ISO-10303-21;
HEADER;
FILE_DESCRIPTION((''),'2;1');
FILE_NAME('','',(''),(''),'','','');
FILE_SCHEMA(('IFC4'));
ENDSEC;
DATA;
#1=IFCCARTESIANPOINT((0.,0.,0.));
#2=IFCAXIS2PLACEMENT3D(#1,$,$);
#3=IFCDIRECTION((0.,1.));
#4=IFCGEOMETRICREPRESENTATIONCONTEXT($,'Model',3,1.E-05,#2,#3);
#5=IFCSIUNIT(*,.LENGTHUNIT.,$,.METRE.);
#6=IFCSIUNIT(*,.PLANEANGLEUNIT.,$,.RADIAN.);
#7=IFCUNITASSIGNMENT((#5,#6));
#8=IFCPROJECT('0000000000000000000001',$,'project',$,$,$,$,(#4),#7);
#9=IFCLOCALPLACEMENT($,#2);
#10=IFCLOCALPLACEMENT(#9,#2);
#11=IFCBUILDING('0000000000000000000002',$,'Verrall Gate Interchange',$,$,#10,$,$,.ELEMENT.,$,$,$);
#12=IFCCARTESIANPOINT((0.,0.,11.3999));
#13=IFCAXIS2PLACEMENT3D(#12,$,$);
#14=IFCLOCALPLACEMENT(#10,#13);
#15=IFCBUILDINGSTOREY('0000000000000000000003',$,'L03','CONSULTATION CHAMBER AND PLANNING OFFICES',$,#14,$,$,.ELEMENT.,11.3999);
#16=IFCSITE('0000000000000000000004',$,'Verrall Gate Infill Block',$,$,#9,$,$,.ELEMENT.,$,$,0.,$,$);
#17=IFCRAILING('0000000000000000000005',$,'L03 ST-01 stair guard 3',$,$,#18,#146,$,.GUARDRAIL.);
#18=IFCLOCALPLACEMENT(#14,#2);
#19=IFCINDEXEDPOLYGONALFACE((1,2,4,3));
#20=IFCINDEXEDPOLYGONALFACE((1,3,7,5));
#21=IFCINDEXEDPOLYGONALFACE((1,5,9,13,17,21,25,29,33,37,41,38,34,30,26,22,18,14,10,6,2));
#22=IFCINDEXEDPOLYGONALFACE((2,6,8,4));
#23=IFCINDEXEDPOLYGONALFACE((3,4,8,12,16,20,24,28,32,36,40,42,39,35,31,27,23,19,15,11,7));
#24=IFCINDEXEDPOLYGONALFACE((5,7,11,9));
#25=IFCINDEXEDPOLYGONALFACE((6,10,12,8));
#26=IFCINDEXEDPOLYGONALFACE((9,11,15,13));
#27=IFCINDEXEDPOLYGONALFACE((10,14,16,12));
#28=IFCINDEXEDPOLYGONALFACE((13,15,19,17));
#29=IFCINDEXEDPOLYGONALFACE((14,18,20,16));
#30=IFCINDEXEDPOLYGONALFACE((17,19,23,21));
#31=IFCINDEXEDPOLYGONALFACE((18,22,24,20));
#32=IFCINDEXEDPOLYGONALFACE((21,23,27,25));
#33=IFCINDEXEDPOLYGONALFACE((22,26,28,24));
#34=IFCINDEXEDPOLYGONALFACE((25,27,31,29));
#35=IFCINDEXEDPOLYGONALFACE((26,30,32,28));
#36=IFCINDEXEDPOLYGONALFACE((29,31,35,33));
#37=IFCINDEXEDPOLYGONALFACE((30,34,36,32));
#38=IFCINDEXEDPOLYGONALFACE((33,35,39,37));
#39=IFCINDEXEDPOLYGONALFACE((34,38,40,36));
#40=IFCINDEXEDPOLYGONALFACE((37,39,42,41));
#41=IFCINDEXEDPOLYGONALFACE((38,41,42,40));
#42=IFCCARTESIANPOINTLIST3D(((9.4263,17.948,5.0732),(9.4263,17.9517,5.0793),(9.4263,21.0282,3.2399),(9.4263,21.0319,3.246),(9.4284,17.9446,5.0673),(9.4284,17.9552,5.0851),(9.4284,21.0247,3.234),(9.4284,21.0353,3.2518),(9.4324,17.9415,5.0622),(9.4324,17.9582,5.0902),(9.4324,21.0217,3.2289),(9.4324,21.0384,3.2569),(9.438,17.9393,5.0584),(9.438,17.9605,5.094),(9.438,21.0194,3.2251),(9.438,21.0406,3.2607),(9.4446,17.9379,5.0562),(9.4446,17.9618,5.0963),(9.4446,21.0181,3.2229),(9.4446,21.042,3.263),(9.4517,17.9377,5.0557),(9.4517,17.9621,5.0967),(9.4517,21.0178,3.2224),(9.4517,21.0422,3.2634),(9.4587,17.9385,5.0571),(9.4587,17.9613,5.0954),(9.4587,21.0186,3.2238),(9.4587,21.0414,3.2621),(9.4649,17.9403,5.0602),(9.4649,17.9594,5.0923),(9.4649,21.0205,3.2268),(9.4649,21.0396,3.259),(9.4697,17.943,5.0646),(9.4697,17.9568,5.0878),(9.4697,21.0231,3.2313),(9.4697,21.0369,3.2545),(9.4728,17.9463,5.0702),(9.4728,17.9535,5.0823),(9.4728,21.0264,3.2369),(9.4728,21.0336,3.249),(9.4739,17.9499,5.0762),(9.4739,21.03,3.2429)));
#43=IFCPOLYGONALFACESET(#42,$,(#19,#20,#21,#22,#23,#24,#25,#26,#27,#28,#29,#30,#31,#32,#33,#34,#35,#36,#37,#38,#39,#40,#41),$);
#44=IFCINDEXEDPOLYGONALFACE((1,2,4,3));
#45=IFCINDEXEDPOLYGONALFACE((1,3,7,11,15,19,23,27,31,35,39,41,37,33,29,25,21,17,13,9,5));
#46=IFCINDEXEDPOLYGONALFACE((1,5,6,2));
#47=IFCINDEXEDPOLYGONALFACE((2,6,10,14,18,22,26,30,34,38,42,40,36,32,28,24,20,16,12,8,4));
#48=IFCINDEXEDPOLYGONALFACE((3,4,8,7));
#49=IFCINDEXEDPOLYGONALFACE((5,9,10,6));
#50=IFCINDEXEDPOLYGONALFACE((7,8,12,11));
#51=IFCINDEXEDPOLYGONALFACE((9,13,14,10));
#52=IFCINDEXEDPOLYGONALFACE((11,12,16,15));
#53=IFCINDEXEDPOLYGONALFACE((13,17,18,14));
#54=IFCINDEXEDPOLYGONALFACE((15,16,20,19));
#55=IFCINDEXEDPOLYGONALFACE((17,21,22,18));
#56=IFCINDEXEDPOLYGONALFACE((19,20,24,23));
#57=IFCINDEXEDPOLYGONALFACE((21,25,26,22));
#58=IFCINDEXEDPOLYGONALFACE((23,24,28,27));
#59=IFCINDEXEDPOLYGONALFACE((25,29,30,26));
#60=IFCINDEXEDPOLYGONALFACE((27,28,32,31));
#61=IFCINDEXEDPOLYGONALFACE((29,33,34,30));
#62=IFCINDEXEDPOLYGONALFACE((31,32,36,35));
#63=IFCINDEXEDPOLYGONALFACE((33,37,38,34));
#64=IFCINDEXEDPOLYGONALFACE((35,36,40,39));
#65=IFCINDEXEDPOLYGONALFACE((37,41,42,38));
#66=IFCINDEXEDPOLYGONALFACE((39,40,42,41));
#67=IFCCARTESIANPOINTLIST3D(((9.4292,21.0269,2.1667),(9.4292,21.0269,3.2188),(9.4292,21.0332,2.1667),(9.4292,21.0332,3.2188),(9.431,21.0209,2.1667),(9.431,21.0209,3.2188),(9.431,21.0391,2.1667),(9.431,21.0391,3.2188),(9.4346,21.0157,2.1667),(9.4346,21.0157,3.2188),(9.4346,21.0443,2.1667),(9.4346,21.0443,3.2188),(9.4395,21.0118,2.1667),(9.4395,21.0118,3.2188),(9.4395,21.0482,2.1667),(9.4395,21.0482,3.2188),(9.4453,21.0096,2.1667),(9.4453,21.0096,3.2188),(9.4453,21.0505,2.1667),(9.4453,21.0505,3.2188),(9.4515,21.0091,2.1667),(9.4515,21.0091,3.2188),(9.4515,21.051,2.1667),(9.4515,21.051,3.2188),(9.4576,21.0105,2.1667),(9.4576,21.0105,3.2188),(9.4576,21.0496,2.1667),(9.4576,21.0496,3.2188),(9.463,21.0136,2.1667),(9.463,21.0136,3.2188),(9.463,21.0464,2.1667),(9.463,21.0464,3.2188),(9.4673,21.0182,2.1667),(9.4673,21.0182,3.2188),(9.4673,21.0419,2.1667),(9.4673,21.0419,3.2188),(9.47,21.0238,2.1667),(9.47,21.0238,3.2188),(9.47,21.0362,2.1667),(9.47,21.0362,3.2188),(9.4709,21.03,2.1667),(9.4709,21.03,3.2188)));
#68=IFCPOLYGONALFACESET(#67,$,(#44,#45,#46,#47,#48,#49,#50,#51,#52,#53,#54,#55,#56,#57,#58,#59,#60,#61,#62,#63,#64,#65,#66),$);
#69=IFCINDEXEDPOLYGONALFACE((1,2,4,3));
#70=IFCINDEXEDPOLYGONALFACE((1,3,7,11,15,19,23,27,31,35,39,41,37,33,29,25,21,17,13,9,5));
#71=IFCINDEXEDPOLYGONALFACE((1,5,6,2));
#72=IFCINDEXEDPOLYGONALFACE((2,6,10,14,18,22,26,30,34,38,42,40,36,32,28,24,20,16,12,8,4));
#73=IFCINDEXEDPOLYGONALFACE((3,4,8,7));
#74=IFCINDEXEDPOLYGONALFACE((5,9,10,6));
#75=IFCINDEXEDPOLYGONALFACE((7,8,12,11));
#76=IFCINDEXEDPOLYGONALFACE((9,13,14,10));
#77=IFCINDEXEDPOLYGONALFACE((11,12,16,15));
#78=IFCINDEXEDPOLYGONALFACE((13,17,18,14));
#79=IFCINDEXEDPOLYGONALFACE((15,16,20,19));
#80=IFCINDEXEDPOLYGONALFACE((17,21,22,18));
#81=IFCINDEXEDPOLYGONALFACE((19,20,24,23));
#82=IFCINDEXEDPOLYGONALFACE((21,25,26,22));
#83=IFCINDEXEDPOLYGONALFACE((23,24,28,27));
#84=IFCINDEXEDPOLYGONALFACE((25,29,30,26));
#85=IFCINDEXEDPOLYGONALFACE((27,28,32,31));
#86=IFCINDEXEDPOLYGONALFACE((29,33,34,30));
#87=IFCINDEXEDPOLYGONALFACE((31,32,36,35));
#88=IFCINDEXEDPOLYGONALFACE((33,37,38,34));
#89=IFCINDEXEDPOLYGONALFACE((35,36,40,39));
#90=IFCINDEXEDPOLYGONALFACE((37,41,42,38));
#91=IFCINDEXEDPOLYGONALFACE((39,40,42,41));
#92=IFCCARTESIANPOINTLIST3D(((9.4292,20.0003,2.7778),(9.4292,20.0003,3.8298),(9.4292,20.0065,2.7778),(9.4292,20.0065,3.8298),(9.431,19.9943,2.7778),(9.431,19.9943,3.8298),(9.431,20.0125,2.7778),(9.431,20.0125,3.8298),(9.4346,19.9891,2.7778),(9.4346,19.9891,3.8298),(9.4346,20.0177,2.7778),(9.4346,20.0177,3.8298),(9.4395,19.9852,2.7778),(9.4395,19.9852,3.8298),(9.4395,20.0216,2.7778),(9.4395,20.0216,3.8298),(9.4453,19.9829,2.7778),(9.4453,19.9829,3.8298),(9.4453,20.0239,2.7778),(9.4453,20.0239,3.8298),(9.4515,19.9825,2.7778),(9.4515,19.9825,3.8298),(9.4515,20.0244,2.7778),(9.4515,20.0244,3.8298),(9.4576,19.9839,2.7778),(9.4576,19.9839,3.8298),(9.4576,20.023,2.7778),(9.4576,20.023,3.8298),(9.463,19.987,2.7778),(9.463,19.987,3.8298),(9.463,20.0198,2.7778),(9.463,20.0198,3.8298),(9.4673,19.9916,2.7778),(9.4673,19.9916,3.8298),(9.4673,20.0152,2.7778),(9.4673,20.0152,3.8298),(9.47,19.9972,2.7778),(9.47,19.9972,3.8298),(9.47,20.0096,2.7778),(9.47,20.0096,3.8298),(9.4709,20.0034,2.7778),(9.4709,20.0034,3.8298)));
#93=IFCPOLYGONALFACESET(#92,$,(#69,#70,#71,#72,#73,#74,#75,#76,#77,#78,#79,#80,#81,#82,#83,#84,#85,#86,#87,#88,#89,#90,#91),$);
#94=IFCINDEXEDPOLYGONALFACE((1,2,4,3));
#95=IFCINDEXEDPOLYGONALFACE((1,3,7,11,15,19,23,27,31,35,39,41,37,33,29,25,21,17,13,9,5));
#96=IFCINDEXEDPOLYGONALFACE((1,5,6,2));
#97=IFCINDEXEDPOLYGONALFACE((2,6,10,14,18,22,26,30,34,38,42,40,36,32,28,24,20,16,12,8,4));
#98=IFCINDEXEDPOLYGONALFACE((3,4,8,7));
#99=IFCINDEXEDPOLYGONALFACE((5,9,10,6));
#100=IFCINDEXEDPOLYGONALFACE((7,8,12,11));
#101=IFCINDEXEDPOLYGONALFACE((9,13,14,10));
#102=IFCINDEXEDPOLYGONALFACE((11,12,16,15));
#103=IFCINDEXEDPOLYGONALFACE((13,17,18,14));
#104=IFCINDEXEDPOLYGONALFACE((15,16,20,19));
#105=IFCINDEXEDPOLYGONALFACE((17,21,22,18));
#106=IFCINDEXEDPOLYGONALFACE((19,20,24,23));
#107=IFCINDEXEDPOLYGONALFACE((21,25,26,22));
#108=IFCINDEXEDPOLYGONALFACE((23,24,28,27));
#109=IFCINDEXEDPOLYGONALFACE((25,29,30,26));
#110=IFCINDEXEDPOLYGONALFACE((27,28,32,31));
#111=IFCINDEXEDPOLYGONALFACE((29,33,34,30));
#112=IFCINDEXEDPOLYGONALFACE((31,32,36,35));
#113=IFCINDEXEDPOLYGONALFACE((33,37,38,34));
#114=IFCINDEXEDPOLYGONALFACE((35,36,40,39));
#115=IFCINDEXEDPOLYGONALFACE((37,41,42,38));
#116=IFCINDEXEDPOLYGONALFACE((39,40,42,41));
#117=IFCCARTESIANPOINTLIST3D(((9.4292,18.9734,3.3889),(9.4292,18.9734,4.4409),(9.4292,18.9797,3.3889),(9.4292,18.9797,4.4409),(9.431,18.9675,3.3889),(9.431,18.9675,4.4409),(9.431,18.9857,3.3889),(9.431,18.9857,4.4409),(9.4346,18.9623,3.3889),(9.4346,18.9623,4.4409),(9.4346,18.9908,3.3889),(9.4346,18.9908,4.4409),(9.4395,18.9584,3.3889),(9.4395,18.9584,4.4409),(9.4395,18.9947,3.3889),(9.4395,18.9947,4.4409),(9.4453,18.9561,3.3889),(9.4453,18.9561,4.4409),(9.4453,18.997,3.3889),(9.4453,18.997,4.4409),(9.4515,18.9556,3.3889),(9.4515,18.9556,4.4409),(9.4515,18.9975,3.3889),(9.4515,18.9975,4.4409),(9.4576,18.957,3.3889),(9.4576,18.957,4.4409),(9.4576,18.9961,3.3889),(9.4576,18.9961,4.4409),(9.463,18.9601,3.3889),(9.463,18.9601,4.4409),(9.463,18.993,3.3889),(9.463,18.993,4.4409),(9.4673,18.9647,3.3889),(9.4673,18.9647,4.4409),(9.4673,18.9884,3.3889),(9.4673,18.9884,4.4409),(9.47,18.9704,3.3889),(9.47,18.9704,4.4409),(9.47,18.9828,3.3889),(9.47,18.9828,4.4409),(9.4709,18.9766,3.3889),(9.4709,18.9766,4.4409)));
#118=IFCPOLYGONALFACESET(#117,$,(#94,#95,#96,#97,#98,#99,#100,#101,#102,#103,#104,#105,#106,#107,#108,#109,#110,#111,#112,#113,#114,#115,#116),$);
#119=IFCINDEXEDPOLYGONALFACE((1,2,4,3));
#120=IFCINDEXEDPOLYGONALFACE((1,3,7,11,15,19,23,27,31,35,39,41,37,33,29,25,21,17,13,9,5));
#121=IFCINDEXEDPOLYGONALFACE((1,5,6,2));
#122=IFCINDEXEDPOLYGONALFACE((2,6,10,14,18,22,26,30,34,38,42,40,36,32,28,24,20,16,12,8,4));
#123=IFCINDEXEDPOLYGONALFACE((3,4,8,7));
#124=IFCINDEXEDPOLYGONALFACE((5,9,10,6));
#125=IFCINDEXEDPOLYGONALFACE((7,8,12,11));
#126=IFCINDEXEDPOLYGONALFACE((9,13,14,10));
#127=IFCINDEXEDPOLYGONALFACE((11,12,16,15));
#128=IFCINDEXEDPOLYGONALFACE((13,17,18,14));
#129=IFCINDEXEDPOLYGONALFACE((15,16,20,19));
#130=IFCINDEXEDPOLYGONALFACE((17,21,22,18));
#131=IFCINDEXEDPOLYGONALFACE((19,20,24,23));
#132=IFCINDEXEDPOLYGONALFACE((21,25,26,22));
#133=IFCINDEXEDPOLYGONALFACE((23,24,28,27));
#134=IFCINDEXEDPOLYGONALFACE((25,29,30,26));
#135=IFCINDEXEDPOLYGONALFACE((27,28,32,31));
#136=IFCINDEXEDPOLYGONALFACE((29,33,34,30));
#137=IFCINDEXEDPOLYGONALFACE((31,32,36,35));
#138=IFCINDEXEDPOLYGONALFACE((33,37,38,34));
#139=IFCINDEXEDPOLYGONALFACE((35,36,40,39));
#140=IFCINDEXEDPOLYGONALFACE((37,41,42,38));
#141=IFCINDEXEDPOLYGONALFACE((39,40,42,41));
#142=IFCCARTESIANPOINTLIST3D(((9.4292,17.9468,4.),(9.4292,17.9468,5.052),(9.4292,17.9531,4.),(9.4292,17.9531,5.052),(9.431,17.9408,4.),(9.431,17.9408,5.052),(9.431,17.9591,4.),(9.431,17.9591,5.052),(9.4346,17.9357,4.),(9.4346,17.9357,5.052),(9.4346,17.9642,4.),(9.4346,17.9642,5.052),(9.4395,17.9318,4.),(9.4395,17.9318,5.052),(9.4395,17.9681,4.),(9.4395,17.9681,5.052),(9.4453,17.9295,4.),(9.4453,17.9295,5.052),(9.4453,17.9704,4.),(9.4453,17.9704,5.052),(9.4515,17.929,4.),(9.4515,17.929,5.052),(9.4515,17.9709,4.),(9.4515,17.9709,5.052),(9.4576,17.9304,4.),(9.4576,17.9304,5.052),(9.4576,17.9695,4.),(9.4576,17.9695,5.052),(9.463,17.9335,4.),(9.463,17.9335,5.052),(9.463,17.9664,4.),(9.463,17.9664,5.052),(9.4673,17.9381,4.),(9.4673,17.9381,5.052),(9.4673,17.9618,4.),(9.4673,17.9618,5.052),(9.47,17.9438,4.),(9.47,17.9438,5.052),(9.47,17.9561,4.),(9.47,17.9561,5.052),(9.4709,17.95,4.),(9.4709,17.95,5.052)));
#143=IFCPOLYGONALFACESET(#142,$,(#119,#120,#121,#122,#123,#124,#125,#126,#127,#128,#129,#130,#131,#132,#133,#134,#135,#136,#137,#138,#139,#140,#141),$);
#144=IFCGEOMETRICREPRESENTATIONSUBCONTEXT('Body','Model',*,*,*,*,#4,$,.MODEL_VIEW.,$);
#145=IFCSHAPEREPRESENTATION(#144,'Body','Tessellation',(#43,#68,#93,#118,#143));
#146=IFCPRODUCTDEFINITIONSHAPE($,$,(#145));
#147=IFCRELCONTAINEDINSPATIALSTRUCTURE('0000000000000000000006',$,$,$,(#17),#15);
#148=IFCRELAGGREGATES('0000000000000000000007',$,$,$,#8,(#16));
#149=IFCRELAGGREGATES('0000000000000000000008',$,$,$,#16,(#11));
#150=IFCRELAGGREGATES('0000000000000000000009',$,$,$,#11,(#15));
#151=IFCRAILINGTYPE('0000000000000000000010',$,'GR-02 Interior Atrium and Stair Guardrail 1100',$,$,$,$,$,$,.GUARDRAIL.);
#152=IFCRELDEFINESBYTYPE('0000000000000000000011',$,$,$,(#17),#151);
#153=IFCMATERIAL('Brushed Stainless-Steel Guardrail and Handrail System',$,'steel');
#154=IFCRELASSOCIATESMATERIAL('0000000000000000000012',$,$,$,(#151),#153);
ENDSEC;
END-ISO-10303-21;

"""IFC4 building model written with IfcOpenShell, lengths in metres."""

from ifc_helpers import new_model, si_unit, direction, frame, origin, origin_2d, place, context, subcontext, project, spatial, circle, extrude, material, type_object, element, save


model = new_model("IFC4")

# Units and contexts
model_context = context("Model", 3, precision=1e-05, world=origin(), true_north=direction((0.0, 1.0)))
body_context = subcontext(model_context, "Body", "Model", "MODEL_VIEW")
ifc_project = project(units=[si_unit("LENGTHUNIT", "METRE"), si_unit("PLANEANGLEUNIT", "RADIAN")], contexts=[model_context])

# Site, building, storey
site_placement = place(None, origin())
site = spatial("IfcSite", under=ifc_project, at=site_placement, Name="Verrall Gate Infill Block", CompositionType="ELEMENT", RefElevation=0.0)
building_placement = place(site_placement, origin())
building = spatial("IfcBuilding", under=site, at=building_placement, Name="Verrall Gate Interchange", CompositionType="ELEMENT")
storey_placement = place(building_placement, frame((0.0, 0.0, 11.3999)))
storey = spatial("IfcBuildingStorey", under=building, at=storey_placement, Name="L03", Description="CONSULTATION CHAMBER AND PLANNING OFFICES", CompositionType="ELEMENT", Elevation=11.3999)

# Railing
ifc_material_1 = material(Name="Brushed Stainless-Steel Guardrail and Handrail System", Category="steel")
railing_type_1 = type_object("IfcRailingType", Name="GR-02 Interior Atrium and Stair Guardrail 1100", PredefinedType="GUARDRAIL", material=ifc_material_1)
railing_1_placement = place(storey_placement, frame((9.45, 21.03, 2.1667)))
element("IfcRailing", 1, at=railing_1_placement, inside=storey, type_object=railing_type_1, Name="L03 ST-01 stair guard 3", PredefinedType="GUARDRAIL", context=body_context, shape_type="SweptSolid", body=[
    extrude(circle(Radius=0.0239, at=origin_2d()), frame((0.0, 0.0, 1.0762), z_axis=(0.0, -0.859309, 0.511458), x_axis=(1.0, 0.0, 0.0)), (0.0, 0.0, 1.0), 3.5845),
    extrude(circle(Radius=0.021, at=origin_2d()), origin(), (0.0, 0.0, 1.0), 1.052),
    extrude(circle(Radius=0.021, at=origin_2d()), frame((0.0, -1.0266, 0.6111)), (0.0, 0.0, 1.0), 1.052),
    extrude(circle(Radius=0.021, at=origin_2d()), frame((0.0, -2.0535, 1.2222)), (0.0, 0.0, 1.0), 1.052),
    extrude(circle(Radius=0.021, at=origin_2d()), frame((0.0, -3.0801, 1.8333)), (0.0, 0.0, 1.0), 1.052),
])

save(model, "model.ifc")
